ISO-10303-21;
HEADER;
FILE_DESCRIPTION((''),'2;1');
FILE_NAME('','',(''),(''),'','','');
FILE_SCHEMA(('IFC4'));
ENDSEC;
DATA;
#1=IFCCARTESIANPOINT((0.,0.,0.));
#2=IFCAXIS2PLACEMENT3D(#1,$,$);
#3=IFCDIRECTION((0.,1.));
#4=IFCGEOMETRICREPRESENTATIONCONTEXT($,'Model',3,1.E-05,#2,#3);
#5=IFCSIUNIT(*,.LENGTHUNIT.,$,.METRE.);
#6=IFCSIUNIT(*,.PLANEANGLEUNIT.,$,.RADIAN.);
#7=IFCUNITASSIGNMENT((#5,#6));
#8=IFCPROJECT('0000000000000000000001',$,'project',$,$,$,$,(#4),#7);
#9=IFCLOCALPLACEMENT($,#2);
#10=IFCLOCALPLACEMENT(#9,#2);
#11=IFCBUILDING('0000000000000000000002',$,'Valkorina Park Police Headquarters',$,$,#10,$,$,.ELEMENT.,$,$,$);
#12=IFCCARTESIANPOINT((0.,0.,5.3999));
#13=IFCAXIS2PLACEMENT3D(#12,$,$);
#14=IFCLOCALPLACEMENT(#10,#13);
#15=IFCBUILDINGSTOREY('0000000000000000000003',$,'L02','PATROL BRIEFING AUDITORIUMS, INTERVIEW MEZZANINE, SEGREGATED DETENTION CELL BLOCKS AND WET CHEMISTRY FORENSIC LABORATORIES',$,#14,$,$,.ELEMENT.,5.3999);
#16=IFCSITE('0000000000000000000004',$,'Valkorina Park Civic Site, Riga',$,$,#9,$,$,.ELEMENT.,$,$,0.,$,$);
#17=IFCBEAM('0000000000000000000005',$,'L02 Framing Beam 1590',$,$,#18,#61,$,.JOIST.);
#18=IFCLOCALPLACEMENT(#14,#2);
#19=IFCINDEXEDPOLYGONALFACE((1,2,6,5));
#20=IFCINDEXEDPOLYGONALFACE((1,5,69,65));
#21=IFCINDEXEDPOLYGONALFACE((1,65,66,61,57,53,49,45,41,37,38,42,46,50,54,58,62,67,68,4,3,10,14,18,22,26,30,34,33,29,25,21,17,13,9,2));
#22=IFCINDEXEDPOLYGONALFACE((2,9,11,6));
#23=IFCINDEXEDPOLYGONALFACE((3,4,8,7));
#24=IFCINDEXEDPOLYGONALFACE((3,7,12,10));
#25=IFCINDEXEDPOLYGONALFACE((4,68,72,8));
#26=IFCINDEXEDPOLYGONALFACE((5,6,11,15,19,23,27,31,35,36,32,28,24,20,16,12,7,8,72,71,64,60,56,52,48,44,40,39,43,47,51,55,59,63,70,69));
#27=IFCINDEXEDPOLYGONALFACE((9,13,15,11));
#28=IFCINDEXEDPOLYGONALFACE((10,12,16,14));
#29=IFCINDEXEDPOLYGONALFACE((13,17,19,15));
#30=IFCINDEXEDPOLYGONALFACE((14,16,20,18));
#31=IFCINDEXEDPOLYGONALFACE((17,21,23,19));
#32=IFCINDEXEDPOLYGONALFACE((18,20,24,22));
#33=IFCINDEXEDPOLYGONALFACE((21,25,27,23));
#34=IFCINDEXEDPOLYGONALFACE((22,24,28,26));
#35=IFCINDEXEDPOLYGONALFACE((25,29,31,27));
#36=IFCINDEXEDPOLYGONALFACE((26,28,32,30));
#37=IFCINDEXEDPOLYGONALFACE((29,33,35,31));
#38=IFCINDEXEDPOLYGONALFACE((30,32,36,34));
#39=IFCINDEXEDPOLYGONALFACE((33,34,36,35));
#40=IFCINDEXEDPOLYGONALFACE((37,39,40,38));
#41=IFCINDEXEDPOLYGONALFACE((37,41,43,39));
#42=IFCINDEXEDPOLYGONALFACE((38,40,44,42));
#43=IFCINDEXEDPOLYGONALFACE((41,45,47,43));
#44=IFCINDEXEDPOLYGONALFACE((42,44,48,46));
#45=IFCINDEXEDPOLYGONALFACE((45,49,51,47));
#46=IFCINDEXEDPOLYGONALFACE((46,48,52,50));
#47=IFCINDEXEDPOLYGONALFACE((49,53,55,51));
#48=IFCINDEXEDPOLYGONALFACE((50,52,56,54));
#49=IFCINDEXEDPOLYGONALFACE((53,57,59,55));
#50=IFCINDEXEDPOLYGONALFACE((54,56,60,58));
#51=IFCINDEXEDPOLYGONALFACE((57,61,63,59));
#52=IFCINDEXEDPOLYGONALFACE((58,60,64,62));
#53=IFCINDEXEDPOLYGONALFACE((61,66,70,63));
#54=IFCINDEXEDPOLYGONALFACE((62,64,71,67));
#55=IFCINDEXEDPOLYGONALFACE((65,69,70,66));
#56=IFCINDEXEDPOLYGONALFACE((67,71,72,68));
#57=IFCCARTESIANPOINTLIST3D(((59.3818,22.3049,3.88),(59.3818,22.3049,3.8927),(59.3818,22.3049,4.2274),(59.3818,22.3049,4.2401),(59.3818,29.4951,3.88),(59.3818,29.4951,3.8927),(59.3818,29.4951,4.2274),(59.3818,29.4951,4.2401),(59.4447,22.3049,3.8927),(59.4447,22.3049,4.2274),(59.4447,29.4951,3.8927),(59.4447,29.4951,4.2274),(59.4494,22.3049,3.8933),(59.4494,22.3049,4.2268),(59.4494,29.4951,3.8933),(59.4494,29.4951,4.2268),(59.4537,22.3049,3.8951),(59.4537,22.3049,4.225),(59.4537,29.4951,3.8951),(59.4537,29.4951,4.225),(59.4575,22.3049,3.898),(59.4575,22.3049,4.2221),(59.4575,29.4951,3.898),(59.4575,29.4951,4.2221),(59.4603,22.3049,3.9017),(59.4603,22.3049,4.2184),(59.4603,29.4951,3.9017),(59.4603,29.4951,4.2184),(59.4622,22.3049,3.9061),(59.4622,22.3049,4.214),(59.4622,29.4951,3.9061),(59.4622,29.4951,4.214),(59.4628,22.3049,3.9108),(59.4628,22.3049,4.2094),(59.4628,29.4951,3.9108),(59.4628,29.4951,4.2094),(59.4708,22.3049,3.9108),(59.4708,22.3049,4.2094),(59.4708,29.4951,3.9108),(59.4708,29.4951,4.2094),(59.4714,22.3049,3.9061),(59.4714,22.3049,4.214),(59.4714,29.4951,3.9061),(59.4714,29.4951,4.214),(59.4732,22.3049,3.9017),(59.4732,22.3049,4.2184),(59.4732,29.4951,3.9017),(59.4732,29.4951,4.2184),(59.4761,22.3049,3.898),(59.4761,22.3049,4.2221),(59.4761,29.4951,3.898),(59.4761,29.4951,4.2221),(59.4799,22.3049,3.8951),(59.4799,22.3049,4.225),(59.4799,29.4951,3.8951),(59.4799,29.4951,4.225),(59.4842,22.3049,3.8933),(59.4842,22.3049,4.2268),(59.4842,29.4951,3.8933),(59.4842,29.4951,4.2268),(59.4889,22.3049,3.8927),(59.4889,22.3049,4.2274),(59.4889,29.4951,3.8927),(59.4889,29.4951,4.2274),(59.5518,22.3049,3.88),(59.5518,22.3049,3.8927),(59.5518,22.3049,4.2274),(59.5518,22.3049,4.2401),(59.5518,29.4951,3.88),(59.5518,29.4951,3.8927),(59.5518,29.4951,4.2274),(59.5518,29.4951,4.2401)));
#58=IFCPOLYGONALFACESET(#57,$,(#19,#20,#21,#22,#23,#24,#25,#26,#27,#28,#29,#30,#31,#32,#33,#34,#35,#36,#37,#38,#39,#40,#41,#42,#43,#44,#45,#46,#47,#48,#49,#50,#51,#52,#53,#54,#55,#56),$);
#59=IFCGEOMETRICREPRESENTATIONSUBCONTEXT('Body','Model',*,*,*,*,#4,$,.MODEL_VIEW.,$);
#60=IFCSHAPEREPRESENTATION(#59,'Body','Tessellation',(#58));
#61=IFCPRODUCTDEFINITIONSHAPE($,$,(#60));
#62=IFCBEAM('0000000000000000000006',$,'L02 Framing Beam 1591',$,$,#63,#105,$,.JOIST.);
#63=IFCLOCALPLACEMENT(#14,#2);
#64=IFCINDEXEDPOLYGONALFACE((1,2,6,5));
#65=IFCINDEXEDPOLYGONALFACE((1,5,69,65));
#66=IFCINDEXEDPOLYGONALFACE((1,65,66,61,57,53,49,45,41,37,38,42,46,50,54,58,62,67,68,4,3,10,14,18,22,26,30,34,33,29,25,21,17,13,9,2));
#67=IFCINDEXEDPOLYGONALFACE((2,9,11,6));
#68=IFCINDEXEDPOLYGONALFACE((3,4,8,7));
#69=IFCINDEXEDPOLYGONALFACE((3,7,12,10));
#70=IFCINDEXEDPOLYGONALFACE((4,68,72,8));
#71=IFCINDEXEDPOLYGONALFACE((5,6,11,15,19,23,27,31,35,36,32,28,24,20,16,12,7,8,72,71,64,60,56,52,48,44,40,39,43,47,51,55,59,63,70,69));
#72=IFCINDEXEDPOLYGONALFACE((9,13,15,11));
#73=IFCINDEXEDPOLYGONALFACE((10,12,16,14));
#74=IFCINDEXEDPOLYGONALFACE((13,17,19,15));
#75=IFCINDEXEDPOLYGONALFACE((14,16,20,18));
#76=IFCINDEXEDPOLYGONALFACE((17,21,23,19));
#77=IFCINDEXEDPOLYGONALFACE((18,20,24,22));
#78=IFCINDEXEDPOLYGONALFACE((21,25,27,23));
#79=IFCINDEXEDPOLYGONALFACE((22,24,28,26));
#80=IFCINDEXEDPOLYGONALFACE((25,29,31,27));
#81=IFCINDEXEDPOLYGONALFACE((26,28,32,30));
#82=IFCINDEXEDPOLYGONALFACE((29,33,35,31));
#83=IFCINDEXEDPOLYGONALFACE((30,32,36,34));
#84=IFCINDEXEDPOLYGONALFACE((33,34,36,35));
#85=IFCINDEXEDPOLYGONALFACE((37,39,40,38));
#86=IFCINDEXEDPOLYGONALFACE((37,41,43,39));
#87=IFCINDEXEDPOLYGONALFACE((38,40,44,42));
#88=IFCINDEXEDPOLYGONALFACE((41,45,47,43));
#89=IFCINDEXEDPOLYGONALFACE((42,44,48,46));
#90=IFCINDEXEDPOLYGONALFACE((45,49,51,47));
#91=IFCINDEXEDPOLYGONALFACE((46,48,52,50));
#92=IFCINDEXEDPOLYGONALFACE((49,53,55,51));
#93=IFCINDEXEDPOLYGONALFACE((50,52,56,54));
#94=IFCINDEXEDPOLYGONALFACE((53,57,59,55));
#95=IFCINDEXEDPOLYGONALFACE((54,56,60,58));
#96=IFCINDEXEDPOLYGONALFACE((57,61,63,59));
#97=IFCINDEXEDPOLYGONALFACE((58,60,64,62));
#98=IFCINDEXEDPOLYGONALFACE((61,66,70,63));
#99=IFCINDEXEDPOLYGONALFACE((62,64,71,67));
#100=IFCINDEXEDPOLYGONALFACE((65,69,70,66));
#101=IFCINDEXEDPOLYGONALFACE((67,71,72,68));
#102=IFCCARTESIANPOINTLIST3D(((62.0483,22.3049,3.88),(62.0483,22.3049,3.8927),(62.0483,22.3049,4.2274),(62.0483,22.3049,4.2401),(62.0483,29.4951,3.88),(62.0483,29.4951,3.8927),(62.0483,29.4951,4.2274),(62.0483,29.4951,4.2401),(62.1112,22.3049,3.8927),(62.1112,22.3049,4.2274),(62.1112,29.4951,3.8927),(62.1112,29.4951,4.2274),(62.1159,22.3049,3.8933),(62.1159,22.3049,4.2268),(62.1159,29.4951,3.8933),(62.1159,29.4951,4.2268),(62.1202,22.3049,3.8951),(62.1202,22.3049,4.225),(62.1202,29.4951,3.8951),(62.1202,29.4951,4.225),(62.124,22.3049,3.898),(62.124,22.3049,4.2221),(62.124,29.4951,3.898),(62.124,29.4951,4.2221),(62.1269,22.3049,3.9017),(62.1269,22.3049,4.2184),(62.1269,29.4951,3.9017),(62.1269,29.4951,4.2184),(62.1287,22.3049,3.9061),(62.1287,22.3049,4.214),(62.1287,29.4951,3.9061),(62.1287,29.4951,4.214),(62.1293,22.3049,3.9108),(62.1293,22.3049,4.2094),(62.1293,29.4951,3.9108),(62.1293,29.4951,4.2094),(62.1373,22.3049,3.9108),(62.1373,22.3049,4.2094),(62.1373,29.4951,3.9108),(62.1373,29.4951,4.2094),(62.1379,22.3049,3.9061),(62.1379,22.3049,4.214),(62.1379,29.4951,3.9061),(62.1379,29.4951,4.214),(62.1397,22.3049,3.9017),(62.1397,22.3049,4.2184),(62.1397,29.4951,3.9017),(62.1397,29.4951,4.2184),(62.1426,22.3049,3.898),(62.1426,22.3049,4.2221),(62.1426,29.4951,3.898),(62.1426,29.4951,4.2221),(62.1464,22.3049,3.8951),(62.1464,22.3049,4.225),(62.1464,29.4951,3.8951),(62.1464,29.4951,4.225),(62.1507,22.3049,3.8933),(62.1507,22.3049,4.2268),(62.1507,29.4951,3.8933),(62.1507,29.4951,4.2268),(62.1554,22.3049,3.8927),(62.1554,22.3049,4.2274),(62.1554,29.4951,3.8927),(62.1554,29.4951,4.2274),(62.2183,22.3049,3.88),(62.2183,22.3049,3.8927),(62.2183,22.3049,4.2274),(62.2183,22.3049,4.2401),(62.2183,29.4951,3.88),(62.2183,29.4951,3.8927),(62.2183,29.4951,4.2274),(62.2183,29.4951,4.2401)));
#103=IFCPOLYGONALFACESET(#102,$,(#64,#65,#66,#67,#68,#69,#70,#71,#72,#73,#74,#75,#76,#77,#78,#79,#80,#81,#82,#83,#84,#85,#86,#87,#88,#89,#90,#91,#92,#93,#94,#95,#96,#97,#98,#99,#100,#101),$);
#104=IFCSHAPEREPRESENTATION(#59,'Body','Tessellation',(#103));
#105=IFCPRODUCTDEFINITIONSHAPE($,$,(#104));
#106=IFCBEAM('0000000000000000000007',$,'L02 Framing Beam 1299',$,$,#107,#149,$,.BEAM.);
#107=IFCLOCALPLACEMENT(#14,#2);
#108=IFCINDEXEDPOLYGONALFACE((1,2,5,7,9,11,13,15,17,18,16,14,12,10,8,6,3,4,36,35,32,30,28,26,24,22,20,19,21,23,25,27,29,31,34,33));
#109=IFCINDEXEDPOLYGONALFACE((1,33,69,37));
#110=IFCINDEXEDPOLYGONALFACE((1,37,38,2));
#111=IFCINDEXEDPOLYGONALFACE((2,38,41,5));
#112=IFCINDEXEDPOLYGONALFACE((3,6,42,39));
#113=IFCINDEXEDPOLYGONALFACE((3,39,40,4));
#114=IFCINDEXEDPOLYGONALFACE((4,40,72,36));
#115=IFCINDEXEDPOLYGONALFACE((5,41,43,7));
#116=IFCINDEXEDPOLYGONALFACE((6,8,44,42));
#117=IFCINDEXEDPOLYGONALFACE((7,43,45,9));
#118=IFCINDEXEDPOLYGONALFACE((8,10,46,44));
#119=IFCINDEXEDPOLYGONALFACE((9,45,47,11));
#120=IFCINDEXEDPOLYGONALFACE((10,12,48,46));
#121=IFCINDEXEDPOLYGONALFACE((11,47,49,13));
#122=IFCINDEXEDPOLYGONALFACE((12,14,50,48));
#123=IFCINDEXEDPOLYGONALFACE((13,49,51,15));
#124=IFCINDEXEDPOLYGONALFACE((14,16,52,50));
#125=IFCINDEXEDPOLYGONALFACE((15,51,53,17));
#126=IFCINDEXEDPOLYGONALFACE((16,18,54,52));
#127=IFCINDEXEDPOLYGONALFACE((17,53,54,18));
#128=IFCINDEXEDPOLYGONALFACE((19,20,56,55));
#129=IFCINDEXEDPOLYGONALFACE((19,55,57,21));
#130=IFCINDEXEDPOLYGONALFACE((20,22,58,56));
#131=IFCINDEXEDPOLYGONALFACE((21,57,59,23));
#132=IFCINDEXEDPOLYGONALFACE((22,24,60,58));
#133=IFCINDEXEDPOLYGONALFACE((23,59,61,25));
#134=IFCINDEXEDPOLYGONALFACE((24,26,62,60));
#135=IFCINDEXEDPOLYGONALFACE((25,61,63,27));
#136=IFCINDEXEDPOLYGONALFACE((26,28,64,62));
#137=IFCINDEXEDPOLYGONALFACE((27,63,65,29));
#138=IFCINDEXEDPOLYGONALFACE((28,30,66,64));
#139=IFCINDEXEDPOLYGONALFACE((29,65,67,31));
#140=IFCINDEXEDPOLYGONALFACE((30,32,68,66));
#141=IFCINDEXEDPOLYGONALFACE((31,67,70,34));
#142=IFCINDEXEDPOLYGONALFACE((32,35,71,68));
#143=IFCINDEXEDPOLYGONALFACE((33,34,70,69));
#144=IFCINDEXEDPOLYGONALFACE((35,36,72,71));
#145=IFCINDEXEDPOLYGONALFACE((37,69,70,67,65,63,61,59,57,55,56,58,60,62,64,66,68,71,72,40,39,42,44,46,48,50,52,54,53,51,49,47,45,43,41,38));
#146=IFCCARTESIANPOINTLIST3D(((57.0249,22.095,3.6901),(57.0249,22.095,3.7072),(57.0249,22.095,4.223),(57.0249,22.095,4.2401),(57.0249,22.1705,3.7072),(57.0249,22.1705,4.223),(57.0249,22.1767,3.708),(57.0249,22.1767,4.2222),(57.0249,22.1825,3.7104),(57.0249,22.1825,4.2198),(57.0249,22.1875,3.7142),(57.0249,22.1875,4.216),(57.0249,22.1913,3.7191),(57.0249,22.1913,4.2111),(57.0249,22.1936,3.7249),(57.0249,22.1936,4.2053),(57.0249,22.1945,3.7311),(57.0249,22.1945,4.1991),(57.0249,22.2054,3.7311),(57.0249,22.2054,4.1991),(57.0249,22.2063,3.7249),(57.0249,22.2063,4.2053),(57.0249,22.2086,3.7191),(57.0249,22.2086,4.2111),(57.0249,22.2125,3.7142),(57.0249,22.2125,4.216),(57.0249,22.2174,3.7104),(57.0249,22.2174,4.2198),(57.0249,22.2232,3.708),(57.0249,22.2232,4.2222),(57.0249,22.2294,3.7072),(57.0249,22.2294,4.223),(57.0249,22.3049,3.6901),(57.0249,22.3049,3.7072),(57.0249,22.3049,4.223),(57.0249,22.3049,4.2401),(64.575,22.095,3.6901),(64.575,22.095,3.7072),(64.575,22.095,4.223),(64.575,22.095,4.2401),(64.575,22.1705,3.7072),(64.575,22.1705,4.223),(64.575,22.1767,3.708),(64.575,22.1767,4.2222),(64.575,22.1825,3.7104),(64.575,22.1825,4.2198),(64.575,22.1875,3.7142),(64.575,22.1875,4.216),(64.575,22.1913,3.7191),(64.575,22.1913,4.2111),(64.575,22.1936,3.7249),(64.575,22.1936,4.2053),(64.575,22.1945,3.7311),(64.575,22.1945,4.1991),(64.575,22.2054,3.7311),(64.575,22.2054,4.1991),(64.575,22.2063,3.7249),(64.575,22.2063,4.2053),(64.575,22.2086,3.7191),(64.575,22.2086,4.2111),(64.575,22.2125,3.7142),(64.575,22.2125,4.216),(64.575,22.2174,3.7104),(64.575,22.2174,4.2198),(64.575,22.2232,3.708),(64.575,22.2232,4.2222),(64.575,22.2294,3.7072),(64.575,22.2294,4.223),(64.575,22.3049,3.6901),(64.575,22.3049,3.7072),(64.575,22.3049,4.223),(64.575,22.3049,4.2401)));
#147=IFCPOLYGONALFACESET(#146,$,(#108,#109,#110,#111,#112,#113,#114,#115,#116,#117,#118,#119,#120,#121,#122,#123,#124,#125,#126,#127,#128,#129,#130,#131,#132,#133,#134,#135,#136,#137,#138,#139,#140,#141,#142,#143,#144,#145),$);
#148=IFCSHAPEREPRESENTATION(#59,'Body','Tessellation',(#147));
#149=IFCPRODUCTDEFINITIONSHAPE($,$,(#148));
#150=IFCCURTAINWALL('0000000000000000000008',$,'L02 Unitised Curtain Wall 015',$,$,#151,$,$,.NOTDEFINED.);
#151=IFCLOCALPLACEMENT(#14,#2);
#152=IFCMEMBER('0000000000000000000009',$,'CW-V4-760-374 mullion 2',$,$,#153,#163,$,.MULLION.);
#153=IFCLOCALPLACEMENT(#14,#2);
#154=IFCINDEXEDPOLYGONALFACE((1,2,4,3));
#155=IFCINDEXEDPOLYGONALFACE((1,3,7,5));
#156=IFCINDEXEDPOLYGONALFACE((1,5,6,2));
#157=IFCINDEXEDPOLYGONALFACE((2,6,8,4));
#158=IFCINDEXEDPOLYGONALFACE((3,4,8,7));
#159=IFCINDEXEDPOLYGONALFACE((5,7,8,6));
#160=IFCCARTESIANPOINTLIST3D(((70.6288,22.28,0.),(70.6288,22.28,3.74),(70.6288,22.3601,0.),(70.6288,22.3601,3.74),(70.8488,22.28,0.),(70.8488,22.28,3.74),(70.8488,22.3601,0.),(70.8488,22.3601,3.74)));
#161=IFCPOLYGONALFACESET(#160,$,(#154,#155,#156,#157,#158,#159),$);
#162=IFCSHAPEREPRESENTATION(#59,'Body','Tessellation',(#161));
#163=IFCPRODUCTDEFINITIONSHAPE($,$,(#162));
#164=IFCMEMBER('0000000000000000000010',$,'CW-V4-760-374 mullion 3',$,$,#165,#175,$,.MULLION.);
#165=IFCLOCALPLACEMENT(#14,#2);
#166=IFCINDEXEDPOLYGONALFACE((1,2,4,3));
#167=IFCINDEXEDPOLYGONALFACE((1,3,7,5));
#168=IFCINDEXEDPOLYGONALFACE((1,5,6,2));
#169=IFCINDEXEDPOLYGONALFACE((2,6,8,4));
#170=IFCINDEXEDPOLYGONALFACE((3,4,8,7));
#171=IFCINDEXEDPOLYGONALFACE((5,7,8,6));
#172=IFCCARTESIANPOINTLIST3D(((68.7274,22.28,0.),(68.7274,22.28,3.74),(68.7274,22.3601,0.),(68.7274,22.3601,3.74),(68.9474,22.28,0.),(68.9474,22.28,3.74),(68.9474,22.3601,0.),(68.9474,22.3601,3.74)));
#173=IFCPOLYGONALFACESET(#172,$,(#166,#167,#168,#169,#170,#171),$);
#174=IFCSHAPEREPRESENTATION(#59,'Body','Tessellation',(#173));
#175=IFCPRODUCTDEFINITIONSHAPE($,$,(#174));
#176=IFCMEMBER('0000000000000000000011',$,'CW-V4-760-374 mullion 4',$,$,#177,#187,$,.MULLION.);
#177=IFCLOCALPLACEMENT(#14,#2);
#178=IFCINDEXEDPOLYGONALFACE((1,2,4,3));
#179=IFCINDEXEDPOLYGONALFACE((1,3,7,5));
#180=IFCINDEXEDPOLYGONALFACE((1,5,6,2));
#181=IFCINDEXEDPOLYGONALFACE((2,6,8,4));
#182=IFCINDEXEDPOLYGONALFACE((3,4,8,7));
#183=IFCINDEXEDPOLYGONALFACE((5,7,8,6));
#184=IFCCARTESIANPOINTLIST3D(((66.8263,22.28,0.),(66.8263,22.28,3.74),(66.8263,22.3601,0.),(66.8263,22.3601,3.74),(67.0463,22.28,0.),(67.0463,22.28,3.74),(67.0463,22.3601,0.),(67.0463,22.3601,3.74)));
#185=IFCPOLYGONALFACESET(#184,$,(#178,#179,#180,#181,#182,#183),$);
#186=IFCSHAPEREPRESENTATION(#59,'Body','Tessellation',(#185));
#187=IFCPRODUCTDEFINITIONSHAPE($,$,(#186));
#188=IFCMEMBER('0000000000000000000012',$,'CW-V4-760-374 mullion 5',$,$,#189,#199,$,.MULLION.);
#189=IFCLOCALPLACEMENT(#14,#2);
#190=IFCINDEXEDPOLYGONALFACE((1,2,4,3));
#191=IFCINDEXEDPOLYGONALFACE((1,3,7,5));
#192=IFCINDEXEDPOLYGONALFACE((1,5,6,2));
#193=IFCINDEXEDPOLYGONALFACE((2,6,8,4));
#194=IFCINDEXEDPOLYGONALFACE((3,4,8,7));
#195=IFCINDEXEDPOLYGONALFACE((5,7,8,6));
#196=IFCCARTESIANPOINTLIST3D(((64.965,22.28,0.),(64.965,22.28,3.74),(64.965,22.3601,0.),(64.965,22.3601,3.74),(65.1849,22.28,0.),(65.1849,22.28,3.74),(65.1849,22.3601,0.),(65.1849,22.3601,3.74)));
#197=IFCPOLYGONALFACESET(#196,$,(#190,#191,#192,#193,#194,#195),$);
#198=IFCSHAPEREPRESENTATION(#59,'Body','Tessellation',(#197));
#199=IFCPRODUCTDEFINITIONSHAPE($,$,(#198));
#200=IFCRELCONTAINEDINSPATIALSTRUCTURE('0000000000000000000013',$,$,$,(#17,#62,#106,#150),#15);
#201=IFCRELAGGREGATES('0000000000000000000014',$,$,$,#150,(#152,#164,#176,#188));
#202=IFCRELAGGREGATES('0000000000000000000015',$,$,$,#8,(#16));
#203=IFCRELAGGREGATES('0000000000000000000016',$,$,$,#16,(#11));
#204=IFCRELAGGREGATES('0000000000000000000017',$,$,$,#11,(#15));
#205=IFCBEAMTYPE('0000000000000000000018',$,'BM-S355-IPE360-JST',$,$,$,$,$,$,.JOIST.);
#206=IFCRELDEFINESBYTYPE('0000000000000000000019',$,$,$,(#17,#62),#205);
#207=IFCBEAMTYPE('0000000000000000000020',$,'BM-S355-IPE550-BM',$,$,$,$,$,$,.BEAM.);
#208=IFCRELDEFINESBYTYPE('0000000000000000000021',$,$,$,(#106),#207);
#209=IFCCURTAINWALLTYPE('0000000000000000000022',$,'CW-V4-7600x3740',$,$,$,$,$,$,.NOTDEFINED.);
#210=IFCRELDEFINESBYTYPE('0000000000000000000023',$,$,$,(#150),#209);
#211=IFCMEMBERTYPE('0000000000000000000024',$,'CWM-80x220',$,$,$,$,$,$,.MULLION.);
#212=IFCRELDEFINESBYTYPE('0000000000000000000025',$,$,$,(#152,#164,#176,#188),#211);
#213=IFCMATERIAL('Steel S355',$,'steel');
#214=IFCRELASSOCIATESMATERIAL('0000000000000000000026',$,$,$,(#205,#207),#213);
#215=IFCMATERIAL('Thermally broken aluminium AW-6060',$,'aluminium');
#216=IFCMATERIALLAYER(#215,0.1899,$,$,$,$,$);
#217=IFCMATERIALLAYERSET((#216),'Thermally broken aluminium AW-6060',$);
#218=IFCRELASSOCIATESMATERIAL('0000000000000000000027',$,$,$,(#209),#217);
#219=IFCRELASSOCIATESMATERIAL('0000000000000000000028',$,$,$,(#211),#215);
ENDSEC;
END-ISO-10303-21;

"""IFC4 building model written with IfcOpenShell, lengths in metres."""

from ifc_helpers import new_model, si_unit, direction, frame, origin, origin_2d, place, context, subcontext, project, spatial, rectangle, i_section, extrude, material, layer, layer_set, material_profile, profile_set, type_object, element, aggregate, save


model = new_model("IFC4")

# Units and contexts
model_context = context("Model", 3, precision=1e-05, world=origin(), true_north=direction((0.0, 1.0)))
body_context = subcontext(model_context, "Body", "Model", "MODEL_VIEW")
ifc_project = project(units=[si_unit("LENGTHUNIT", "METRE"), si_unit("PLANEANGLEUNIT", "RADIAN")], contexts=[model_context])

# Site, building, storey
site_placement = place(None, origin())
site = spatial("IfcSite", under=ifc_project, at=site_placement, Name="Valkorina Park Civic Site, Riga", CompositionType="ELEMENT", RefElevation=0.0)
building_placement = place(site_placement, origin())
building = spatial("IfcBuilding", under=site, at=building_placement, Name="Valkorina Park Police Headquarters", CompositionType="ELEMENT")
storey_placement = place(building_placement, frame((0.0, 0.0, 5.3999)))
storey = spatial("IfcBuildingStorey", under=building, at=storey_placement, Name="L02", Description="PATROL BRIEFING AUDITORIUMS, INTERVIEW MEZZANINE, SEGREGATED DETENTION CELL BLOCKS AND WET CHEMISTRY FORENSIC LABORATORIES", CompositionType="ELEMENT", Elevation=5.3999)

# Shared definitions
ifc_material_1 = material(Name="Steel S355", Category="steel")

# Beams
ifc_material_profile_1 = material_profile(ifc_material_1, i_section(OverallWidth=0.1699, OverallDepth=0.3601, WebThickness=0.0081, FlangeThickness=0.0127, FilletRadius=0.0181, at=origin_2d()), Name="IPE 360")
ifc_profile_set_1 = profile_set([ifc_material_profile_1], Name="Steel S355")
beam_type_1 = type_object("IfcBeamType", Name="BM-S355-IPE360-JST", PredefinedType="JOIST", material=ifc_profile_set_1)
for number, where, z_axis, x_axis, name in (
    (1, (59.4668, 22.3049, 4.0601), (0.0, 1.0, 0.0), (-1.0, 0.0, 0.0), "L02 Framing Beam 1590"),
    (2, (62.1333, 22.3049, 4.0601), (0.0, 1.0, 0.0), (-1.0, 0.0, 0.0), "L02 Framing Beam 1591"),
):
    element("IfcBeam", number, at=place(storey_placement, frame(where, z_axis=z_axis, x_axis=x_axis)), inside=storey, type_object=beam_type_1, Name=name, PredefinedType="JOIST", context=body_context, shape_type="SweptSolid", body=[
        extrude(i_section(OverallWidth=0.1699, OverallDepth=0.3601, WebThickness=0.0081, FlangeThickness=0.0127, FilletRadius=0.0181, at=origin_2d()), origin(), (0.0, 0.0, 1.0), 7.1902),
    ])
ifc_material_profile_2 = material_profile(ifc_material_1, i_section(OverallWidth=0.21, OverallDepth=0.55, WebThickness=0.011, FlangeThickness=0.0171, FilletRadius=0.0239, at=origin_2d()), Name="IPE 550")
ifc_profile_set_2 = profile_set([ifc_material_profile_2], Name="Steel S355")
beam_type_2 = type_object("IfcBeamType", Name="BM-S355-IPE550-BM", PredefinedType="BEAM", material=ifc_profile_set_2)
beam_1_placement = place(storey_placement, frame((57.0249, 22.2, 3.9651), z_axis=(1.0, 0.0, 0.0), x_axis=(0.0, 1.0, 0.0)))
element("IfcBeam", 3, at=beam_1_placement, inside=storey, type_object=beam_type_2, Name="L02 Framing Beam 1299", PredefinedType="BEAM", context=body_context, shape_type="SweptSolid", body=[
    extrude(i_section(OverallWidth=0.21, OverallDepth=0.55, WebThickness=0.011, FlangeThickness=0.0171, FilletRadius=0.0239, at=origin_2d()), origin(), (0.0, 0.0, 1.0), 7.55),
])

# Curtain wall, members
ifc_material_2 = material(Name="Thermally broken aluminium AW-6060", Category="aluminium")
ifc_layer_1 = layer(ifc_material_2, 0.1899)
ifc_layer_set_1 = layer_set([ifc_layer_1], Name="Thermally broken aluminium AW-6060")
curtain_wall_type = type_object("IfcCurtainWallType", Name="CW-V4-7600x3740", PredefinedType="NOTDEFINED", material=ifc_layer_set_1)
curtain_wall_placement = place(storey_placement, origin())
curtain_wall = element("IfcCurtainWall", 4, at=curtain_wall_placement, inside=storey, type_object=curtain_wall_type, Name="L02 Unitised Curtain Wall 015", PredefinedType="NOTDEFINED")
ifc_material_profile_3 = material_profile(ifc_material_2, rectangle(XDim=0.0801, YDim=0.22, at=origin_2d()), Name="CWM-03 80x220")
ifc_profile_set_3 = profile_set([ifc_material_profile_3], Name="Thermally broken aluminium AW-6060")
member_type_1 = type_object("IfcMemberType", Name="CWM-80x220", PredefinedType="MULLION", material=ifc_profile_set_3)
member_1_placement = place(storey_placement, frame((70.7388, 22.3201, 0.0), z_axis=(0.0, 0.0, 1.0), x_axis=(0.0, -1.0, 0.0)))
member_1 = element("IfcMember", 5, at=member_1_placement, type_object=member_type_1, Name="CW-V4-760-374 mullion 2", PredefinedType="MULLION", context=body_context, shape_type="SweptSolid", body=[
    extrude(rectangle(XDim=0.0801, YDim=0.22, at=origin_2d()), origin(), (0.0, 0.0, 1.0), 3.74),
])
member_2_placement = place(storey_placement, frame((68.8374, 22.3201, 0.0), z_axis=(0.0, 0.0, 1.0), x_axis=(0.0, -1.0, 0.0)))
member_2 = element("IfcMember", 6, at=member_2_placement, type_object=member_type_1, Name="CW-V4-760-374 mullion 3", PredefinedType="MULLION", context=body_context, shape_type="SweptSolid", body=[
    extrude(rectangle(XDim=0.0801, YDim=0.22, at=origin_2d()), origin(), (0.0, 0.0, 1.0), 3.74),
])
member_3_placement = place(storey_placement, frame((66.9363, 22.3201, 0.0), z_axis=(0.0, 0.0, 1.0), x_axis=(0.0, -1.0, 0.0)))
member_3 = element("IfcMember", 7, at=member_3_placement, type_object=member_type_1, Name="CW-V4-760-374 mullion 4", PredefinedType="MULLION", context=body_context, shape_type="SweptSolid", body=[
    extrude(rectangle(XDim=0.0801, YDim=0.22, at=origin_2d()), origin(), (0.0, 0.0, 1.0), 3.74),
])
member_4_placement = place(storey_placement, frame((65.075, 22.3201, 0.0), z_axis=(0.0, 0.0, 1.0), x_axis=(0.0, -1.0, 0.0)))
member_4 = element("IfcMember", 8, at=member_4_placement, type_object=member_type_1, Name="CW-V4-760-374 mullion 5", PredefinedType="MULLION", context=body_context, shape_type="SweptSolid", body=[
    extrude(rectangle(XDim=0.0801, YDim=0.22, at=origin_2d()), origin(), (0.0, 0.0, 1.0), 3.74),
])
aggregate(curtain_wall, [member_1, member_2, member_3, member_4])

save(model, "model.ifc")
